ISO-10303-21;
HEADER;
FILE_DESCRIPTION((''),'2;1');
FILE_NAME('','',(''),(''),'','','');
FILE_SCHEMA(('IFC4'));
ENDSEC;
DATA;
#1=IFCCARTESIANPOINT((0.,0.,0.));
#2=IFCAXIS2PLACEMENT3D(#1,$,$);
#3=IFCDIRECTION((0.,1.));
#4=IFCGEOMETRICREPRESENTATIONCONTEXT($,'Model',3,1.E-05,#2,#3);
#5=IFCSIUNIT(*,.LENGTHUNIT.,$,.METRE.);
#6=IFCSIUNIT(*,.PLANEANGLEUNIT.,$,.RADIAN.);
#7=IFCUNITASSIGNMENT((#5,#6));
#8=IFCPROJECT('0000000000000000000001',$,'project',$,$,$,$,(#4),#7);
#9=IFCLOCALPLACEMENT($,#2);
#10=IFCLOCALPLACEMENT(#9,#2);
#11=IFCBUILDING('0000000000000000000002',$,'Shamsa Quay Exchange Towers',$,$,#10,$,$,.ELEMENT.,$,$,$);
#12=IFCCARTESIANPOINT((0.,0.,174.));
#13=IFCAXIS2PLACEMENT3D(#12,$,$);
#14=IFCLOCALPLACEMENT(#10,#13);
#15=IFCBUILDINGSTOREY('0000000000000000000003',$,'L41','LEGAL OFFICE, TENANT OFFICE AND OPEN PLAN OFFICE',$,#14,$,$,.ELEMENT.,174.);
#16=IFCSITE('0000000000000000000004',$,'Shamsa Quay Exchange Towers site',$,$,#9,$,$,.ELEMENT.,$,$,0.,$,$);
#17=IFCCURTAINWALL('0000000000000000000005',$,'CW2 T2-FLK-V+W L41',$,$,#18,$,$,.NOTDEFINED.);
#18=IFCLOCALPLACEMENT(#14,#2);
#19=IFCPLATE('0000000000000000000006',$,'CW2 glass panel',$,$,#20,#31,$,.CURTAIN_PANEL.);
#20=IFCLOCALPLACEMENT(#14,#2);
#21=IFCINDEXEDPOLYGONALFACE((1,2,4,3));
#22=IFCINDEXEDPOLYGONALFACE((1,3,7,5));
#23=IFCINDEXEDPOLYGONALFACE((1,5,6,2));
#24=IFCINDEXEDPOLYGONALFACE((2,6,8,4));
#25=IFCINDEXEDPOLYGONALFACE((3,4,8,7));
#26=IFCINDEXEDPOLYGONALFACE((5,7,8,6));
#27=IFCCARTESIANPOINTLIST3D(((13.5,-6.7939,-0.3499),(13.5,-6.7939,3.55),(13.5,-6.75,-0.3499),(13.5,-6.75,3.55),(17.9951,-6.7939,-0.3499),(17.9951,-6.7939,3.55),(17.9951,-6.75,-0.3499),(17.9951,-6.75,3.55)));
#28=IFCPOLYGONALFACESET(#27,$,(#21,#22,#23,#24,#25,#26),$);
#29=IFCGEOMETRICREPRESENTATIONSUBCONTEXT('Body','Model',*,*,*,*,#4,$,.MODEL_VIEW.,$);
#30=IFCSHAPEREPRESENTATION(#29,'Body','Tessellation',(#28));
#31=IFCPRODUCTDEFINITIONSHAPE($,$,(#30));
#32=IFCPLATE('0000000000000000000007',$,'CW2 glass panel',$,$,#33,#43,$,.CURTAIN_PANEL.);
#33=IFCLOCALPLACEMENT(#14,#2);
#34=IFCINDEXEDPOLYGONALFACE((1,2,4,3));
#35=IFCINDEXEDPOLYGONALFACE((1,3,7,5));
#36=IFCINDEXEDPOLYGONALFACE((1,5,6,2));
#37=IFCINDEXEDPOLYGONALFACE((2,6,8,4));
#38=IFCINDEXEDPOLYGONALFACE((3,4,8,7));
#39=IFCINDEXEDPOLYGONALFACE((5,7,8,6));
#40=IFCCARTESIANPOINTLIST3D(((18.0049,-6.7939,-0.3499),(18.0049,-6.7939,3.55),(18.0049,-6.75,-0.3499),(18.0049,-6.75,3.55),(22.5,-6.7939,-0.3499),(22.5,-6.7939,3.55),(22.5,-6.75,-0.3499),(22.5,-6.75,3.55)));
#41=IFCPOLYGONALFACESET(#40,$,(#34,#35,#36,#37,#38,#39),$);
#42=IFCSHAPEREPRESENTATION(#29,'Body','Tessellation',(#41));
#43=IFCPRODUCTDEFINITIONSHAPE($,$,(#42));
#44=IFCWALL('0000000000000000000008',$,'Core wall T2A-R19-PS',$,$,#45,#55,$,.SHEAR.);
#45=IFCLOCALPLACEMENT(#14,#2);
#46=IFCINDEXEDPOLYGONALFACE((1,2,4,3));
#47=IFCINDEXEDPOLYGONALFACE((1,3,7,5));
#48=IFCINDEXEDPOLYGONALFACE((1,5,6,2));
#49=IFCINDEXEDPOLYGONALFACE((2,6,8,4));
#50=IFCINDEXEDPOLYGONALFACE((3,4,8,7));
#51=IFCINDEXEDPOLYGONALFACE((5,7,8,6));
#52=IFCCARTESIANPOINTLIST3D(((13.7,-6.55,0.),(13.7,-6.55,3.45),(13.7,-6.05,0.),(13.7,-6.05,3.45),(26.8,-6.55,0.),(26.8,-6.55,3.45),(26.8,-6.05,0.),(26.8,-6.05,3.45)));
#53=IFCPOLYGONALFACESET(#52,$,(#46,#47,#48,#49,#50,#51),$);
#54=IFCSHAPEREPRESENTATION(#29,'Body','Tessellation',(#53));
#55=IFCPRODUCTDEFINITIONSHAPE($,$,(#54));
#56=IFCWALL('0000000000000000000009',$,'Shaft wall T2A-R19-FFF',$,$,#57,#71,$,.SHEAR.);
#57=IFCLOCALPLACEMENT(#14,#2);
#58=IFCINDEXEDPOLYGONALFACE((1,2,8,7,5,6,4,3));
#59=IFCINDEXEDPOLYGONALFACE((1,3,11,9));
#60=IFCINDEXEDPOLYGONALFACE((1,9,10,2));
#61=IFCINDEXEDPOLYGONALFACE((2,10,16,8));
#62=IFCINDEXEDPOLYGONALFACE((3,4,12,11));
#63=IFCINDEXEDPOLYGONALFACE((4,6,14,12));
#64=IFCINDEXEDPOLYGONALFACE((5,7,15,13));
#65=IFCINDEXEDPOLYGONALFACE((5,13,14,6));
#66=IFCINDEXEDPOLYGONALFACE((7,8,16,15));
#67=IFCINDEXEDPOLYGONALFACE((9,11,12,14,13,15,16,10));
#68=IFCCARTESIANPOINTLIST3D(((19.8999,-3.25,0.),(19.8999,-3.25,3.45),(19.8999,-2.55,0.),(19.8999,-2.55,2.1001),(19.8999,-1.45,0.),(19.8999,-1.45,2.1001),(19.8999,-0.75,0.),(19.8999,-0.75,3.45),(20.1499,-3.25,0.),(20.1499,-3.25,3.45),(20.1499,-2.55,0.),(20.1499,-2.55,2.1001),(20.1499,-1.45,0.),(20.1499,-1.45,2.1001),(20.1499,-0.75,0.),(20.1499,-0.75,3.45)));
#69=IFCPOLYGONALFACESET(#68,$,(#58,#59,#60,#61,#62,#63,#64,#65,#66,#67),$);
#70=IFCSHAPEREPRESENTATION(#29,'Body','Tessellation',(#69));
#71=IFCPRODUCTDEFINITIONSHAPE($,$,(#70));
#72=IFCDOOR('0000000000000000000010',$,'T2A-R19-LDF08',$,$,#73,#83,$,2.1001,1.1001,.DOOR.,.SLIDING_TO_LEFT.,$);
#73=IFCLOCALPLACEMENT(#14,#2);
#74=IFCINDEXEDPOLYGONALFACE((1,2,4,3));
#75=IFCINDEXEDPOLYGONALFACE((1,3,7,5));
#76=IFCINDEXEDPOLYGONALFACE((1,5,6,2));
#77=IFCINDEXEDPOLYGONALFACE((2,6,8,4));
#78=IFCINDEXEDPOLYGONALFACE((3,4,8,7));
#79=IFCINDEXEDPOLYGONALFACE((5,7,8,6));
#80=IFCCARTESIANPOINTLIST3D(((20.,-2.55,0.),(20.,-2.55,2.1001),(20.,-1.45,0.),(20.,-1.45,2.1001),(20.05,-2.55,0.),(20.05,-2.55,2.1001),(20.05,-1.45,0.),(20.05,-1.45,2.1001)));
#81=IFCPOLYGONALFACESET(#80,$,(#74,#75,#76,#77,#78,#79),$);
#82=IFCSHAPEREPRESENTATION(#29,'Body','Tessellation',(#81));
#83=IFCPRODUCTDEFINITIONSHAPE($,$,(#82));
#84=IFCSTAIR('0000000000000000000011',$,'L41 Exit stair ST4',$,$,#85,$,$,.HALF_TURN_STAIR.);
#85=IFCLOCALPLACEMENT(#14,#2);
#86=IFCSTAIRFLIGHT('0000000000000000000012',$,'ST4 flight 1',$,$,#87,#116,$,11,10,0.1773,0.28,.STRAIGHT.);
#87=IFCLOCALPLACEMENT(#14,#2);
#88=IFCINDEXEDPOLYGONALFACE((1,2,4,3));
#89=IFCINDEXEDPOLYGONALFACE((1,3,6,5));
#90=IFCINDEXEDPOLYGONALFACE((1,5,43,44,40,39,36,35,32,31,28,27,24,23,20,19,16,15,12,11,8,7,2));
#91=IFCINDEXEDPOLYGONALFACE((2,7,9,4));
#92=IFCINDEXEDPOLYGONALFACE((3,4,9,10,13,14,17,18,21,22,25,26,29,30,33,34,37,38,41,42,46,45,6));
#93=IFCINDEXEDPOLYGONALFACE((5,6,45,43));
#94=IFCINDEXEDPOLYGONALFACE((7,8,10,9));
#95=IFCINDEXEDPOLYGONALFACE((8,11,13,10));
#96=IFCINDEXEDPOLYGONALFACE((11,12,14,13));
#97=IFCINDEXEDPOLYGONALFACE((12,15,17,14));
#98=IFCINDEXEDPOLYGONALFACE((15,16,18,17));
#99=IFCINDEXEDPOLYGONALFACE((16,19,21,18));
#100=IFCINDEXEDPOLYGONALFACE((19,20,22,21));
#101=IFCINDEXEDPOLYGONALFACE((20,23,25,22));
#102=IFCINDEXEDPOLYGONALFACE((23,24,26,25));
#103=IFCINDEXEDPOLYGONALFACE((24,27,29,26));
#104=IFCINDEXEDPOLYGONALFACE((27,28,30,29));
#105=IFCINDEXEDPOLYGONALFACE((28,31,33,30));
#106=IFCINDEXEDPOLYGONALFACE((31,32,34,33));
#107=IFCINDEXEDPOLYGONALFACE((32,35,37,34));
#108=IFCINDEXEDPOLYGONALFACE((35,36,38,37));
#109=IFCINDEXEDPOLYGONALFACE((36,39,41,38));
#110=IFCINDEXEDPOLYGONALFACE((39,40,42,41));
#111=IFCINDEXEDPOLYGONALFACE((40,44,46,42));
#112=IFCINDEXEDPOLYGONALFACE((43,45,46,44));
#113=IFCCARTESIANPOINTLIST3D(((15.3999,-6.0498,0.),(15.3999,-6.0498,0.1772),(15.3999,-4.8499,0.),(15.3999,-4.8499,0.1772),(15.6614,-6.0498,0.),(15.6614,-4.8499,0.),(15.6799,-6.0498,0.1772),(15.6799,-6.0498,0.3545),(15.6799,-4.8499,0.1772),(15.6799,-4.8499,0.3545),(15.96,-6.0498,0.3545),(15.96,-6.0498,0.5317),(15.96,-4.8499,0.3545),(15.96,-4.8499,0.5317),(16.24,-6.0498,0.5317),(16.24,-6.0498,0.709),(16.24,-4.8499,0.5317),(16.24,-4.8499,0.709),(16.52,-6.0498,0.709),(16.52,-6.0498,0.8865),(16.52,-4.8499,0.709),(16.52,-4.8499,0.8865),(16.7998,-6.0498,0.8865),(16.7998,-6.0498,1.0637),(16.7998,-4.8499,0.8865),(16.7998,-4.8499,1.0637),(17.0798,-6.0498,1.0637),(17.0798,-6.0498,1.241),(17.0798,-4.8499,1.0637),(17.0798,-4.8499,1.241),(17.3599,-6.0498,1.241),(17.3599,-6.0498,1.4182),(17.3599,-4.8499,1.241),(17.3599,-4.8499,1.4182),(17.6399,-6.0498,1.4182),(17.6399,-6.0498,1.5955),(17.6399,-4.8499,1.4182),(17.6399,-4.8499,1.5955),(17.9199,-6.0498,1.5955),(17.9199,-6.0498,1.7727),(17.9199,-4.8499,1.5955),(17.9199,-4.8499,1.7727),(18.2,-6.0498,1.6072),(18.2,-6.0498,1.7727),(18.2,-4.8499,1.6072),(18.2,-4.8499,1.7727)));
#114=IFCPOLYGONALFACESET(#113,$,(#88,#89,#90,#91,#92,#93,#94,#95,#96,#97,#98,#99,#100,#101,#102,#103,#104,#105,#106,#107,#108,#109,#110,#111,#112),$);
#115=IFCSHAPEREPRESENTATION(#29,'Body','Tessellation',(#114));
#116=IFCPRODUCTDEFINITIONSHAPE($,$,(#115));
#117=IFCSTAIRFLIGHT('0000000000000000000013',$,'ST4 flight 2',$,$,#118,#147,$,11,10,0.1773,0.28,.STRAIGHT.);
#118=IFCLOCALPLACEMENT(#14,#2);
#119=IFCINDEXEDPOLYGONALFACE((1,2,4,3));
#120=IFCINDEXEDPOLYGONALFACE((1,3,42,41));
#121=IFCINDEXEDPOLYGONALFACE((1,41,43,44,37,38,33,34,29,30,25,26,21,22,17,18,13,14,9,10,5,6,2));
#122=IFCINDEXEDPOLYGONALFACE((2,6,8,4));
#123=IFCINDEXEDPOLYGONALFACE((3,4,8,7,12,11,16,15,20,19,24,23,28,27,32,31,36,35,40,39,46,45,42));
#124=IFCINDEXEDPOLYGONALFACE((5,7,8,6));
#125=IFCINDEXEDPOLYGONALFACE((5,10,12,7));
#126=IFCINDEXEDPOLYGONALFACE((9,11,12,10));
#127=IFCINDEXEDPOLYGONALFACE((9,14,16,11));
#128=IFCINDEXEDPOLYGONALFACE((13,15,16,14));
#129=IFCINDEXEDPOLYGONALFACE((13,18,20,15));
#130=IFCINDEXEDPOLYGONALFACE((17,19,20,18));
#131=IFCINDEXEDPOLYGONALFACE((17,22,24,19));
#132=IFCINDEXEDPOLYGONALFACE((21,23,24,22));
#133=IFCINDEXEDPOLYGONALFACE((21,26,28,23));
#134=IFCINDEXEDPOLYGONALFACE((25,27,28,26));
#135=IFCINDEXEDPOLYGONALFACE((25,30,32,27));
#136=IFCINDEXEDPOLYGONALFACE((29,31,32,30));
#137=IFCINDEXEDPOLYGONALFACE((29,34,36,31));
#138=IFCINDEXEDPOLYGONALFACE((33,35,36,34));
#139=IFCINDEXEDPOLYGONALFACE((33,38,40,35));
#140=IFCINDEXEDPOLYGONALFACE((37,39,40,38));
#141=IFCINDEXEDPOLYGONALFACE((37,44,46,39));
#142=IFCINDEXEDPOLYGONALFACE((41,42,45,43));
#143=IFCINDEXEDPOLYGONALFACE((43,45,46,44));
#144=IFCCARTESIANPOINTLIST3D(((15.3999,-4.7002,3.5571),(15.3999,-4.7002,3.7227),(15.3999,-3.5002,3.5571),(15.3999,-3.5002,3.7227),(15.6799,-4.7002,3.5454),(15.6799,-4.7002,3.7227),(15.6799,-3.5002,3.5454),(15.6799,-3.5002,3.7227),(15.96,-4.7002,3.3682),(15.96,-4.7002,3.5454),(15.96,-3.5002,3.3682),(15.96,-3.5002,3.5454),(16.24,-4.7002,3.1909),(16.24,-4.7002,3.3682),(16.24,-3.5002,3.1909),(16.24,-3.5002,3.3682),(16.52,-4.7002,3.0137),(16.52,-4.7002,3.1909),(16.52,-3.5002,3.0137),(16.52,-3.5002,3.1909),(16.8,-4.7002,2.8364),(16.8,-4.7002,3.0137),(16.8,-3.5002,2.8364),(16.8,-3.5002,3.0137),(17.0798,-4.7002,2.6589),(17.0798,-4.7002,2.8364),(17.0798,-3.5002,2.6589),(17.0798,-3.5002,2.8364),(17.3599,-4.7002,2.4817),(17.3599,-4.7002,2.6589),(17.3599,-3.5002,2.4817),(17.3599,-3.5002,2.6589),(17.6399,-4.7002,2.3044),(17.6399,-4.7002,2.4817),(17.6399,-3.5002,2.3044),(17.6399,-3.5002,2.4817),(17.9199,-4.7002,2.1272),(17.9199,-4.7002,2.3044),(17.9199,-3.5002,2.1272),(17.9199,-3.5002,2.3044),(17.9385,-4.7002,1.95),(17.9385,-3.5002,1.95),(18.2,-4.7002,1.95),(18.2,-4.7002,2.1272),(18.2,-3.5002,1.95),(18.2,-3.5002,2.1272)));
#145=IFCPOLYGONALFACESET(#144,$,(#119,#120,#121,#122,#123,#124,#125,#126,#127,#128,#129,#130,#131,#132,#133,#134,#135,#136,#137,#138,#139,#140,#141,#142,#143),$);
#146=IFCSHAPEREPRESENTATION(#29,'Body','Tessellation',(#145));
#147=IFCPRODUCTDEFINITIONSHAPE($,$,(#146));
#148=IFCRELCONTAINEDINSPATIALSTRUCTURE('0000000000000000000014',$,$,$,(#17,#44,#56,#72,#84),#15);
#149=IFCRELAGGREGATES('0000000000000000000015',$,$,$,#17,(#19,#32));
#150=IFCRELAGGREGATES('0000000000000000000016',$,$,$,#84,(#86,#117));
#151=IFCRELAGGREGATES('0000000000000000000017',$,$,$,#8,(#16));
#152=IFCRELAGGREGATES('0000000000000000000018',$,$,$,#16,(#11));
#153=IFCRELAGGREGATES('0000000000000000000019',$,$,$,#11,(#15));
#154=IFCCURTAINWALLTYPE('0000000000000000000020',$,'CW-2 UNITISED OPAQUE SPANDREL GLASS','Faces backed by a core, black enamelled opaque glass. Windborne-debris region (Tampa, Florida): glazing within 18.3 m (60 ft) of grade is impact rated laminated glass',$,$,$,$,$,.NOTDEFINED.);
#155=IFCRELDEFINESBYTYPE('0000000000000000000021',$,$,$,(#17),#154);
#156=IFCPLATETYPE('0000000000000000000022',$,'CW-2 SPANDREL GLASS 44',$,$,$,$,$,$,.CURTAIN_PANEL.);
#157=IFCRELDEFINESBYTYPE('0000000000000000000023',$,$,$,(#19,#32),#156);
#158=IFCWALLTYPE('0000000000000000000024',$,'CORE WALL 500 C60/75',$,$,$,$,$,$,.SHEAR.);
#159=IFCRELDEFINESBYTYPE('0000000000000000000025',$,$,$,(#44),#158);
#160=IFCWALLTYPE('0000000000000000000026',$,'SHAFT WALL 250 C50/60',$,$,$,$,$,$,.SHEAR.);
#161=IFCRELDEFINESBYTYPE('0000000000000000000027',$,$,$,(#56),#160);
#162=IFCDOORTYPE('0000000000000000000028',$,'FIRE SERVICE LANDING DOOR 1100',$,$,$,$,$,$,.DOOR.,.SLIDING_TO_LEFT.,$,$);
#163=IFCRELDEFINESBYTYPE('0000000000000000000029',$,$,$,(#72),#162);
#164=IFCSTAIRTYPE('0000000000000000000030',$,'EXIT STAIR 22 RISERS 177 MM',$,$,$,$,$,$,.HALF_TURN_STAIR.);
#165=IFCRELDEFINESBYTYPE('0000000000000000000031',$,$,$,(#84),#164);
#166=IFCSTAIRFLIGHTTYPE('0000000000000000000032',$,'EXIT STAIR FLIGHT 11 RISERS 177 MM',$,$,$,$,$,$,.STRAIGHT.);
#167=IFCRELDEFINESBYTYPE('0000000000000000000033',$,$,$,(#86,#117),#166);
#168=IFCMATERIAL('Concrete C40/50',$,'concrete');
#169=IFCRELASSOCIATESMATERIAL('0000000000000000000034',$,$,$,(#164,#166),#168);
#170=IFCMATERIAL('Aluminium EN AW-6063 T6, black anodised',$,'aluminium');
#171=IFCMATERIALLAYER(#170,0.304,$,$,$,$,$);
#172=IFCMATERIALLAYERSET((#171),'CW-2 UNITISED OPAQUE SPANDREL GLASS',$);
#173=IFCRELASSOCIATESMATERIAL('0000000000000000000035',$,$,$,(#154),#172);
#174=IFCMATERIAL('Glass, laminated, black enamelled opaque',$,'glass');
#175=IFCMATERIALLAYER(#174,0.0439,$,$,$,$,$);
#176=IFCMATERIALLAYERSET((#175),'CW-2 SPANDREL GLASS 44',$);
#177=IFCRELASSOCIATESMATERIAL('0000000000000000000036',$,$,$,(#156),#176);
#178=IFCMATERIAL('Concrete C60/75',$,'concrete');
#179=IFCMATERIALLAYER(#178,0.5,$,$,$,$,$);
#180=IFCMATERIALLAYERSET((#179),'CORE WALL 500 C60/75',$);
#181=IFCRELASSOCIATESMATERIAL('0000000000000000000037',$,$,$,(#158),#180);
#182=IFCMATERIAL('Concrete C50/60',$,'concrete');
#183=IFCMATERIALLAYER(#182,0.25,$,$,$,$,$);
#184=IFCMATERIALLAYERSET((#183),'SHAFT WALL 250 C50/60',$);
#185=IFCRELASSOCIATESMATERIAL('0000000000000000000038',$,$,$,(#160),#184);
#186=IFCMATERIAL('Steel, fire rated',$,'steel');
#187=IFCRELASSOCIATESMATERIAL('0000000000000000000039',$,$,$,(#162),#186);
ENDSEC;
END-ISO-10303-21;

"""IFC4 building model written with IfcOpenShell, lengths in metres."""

from ifc_helpers import new_model, si_unit, direction, frame, frame_2d, origin, origin_2d, place, context, subcontext, project, spatial, polyline, rectangle, outline, extrude, material, layer, layer_set, type_object, element, fill, aggregate, save


model = new_model("IFC4")

# Units and contexts
model_context = context("Model", 3, precision=1e-05, world=origin(), true_north=direction((0.0, 1.0)))
body_context = subcontext(model_context, "Body", "Model", "MODEL_VIEW")
ifc_project = project(units=[si_unit("LENGTHUNIT", "METRE"), si_unit("PLANEANGLEUNIT", "RADIAN")], contexts=[model_context])

# Site, building, storey
site_placement = place(None, origin())
site = spatial("IfcSite", under=ifc_project, at=site_placement, Name="Shamsa Quay Exchange Towers site", CompositionType="ELEMENT", RefElevation=0.0)
building_placement = place(site_placement, origin())
building = spatial("IfcBuilding", under=site, at=building_placement, Name="Shamsa Quay Exchange Towers", CompositionType="ELEMENT")
storey_placement = place(building_placement, frame((0.0, 0.0, 174.0)))
storey = spatial("IfcBuildingStorey", under=building, at=storey_placement, Name="L41", Description="LEGAL OFFICE, TENANT OFFICE AND OPEN PLAN OFFICE", CompositionType="ELEMENT", Elevation=174.0)

# Shared definitions
ifc_material_1 = material(Name="Aluminium EN AW-6063 T6, black anodised", Category="aluminium")

# Shared definitions
ifc_material_2 = material(Name="Concrete C50/60", Category="concrete")

# Shared definitions
ifc_material_3 = material(Name="Concrete C40/50", Category="concrete")
stair_type = type_object("IfcStairType", Name="EXIT STAIR 22 RISERS 177 MM", PredefinedType="HALF_TURN_STAIR", material=ifc_material_3)

# Curtain wall, plates
ifc_layer_1 = layer(ifc_material_1, 0.304)
ifc_layer_set_1 = layer_set([ifc_layer_1], Name="CW-2 UNITISED OPAQUE SPANDREL GLASS")
curtain_wall_type_1 = type_object("IfcCurtainWallType", Name="CW-2 UNITISED OPAQUE SPANDREL GLASS", Description="Faces backed by a core, black enamelled opaque glass. Windborne-debris region (Tampa, Florida): glazing within 18.3 m (60 ft) of grade is impact rated laminated glass", PredefinedType="NOTDEFINED", material=ifc_layer_set_1)
curtain_wall_1_placement = place(storey_placement, origin())
curtain_wall_1 = element("IfcCurtainWall", 1, at=curtain_wall_1_placement, inside=storey, type_object=curtain_wall_type_1, Name="CW2 T2-FLK-V+W L41", PredefinedType="NOTDEFINED")
ifc_material_4 = material(Name="Glass, laminated, black enamelled opaque", Category="glass")
ifc_layer_2 = layer(ifc_material_4, 0.0439)
ifc_layer_set_2 = layer_set([ifc_layer_2], Name="CW-2 SPANDREL GLASS 44")
plate_type_1 = type_object("IfcPlateType", Name="CW-2 SPANDREL GLASS 44", PredefinedType="CURTAIN_PANEL", material=ifc_layer_set_2)
plate_1_placement = place(storey_placement, frame((15.7476, -6.772, -0.3499)))
plate_1 = element("IfcPlate", 2, at=plate_1_placement, type_object=plate_type_1, Name="CW2 glass panel", PredefinedType="CURTAIN_PANEL", context=body_context, shape_type="SweptSolid", body=[
    extrude(rectangle(XDim=4.4951, YDim=0.0439, at=origin_2d()), origin(), (0.0, 0.0, 1.0), 3.8999),
])
plate_2_placement = place(storey_placement, frame((20.2524, -6.772, -0.3499)))
plate_2 = element("IfcPlate", 3, at=plate_2_placement, type_object=plate_type_1, Name="CW2 glass panel", PredefinedType="CURTAIN_PANEL", context=body_context, shape_type="SweptSolid", body=[
    extrude(rectangle(XDim=4.4951, YDim=0.0439, at=origin_2d()), origin(), (0.0, 0.0, 1.0), 3.8999),
])
aggregate(curtain_wall_1, [plate_1, plate_2])

# Wall
ifc_material_5 = material(Name="Concrete C60/75", Category="concrete")
ifc_layer_3 = layer(ifc_material_5, 0.5)
ifc_layer_set_3 = layer_set([ifc_layer_3], Name="CORE WALL 500 C60/75")
wall_type_1 = type_object("IfcWallType", Name="CORE WALL 500 C60/75", PredefinedType="SHEAR", material=ifc_layer_set_3)
wall_1_placement = place(storey_placement, frame((13.7, -6.3, 0.0)))
element("IfcWall", 4, at=wall_1_placement, inside=storey, type_object=wall_type_1, Name="Core wall T2A-R19-PS", PredefinedType="SHEAR", context=body_context, shape_type="SweptSolid", body=[
    extrude(rectangle(XDim=13.1001, YDim=0.5, at=frame_2d((6.55, 0.0))), origin(), (0.0, 0.0, 1.0), 3.45),
])

# Wall, opening, door
ifc_layer_4 = layer(ifc_material_2, 0.25)
ifc_layer_set_4 = layer_set([ifc_layer_4], Name="SHAFT WALL 250 C50/60")
wall_type_2 = type_object("IfcWallType", Name="SHAFT WALL 250 C50/60", PredefinedType="SHEAR", material=ifc_layer_set_4)
wall_2_placement = place(storey_placement, frame((20.0249, -3.25, 0.0), z_axis=(0.0, 0.0, 1.0), x_axis=(0.0, 1.0, 0.0)))
wall_2 = element("IfcWall", 5, at=wall_2_placement, inside=storey, type_object=wall_type_2, Name="Shaft wall T2A-R19-FFF", PredefinedType="SHEAR", context=body_context, shape_type="SweptSolid", body=[
    extrude(rectangle(XDim=2.5, YDim=0.25, at=frame_2d((1.25, 0.0))), origin(), (0.0, 0.0, 1.0), 3.45),
])
opening_placement = place(wall_2_placement, frame((0.7, 0.0, 0.0)))
opening = element("IfcOpeningElement", 6, at=opening_placement, cuts=wall_2, PredefinedType="OPENING", context=body_context, shape_type="SweptSolid", body=[
    extrude(rectangle(XDim=1.1001, YDim=2.1001, at=frame_2d((0.55, 1.05))), frame((0.0, 0.135, 0.0), z_axis=(0.0, -1.0, 0.0), x_axis=(1.0, 0.0, 0.0)), (0.0, 0.0, 1.0), 0.27),
])
ifc_material_6 = material(Name="Steel, fire rated", Category="steel")
door_type = type_object("IfcDoorType", Name="FIRE SERVICE LANDING DOOR 1100", OperationType="SLIDING_TO_LEFT", PredefinedType="DOOR", material=ifc_material_6)
door_placement = place(opening_placement, origin())
door = element("IfcDoor", 7, at=door_placement, inside=storey, type_object=door_type, Name="T2A-R19-LDF08", OperationType="SLIDING_TO_LEFT", OverallHeight=2.1001, OverallWidth=1.1001, PredefinedType="DOOR", context=body_context, shape_type="SweptSolid", body=[
    extrude(rectangle(XDim=1.1001, YDim=2.1001, at=frame_2d((0.55, 1.05))), frame((0.0, 0.0249, 0.0), z_axis=(0.0, -1.0, 0.0), x_axis=(1.0, 0.0, 0.0)), (0.0, 0.0, 1.0), 0.05),
])
fill(opening, door)

# Stair, stair flights
stair_1_placement = place(storey_placement, origin())
stair_1 = element("IfcStair", 8, at=stair_1_placement, inside=storey, type_object=stair_type, Name="L41 Exit stair ST4", PredefinedType="HALF_TURN_STAIR")
stair_flight_type = type_object("IfcStairFlightType", Name="EXIT STAIR FLIGHT 11 RISERS 177 MM", PredefinedType="STRAIGHT", material=ifc_material_3)
stair_flight_1_placement = place(storey_placement, frame((15.3999, -5.45, 0.0)))
stair_flight_1 = element("IfcStairFlight", 9, at=stair_flight_1_placement, type_object=stair_flight_type, Name="ST4 flight 1", NumberOfRisers=11, NumberOfTreads=10, PredefinedType="STRAIGHT", RiserHeight=0.1773, TreadLength=0.28, context=body_context, shape_type="SweptSolid", body=[
    extrude(outline(polyline([(0.0, 0.0), (0.0, 0.1772), (0.28, 0.1772), (0.28, 0.3545), (0.5601, 0.3545), (0.5601, 0.5317), (0.8401, 0.5317), (0.8401, 0.709), (1.1201, 0.709), (1.1201, 0.8865), (1.3999, 0.8865), (1.3999, 1.0637), (1.6799, 1.0637), (1.6799, 1.241), (1.96, 1.241), (1.96, 1.4182), (2.24, 1.4182), (2.24, 1.5955), (2.52, 1.5955), (2.52, 1.7727), (2.8, 1.7727), (2.8, 1.95), (2.8, 1.6072), (0.2615, 0.0), (0.0, 0.0)])), frame((0.0, 0.6001, 0.0), z_axis=(0.0, -1.0, 0.0), x_axis=(1.0, 0.0, 0.0)), (0.0, 0.0, 1.0), 1.2),
])
stair_flight_2_placement = place(storey_placement, frame((18.2, -4.1001, 1.95), z_axis=(0.0, 0.0, 1.0), x_axis=(-1.0, 0.0, 0.0)))
stair_flight_2 = element("IfcStairFlight", 10, at=stair_flight_2_placement, type_object=stair_flight_type, Name="ST4 flight 2", NumberOfRisers=11, NumberOfTreads=10, PredefinedType="STRAIGHT", RiserHeight=0.1773, TreadLength=0.28, context=body_context, shape_type="SweptSolid", body=[
    extrude(outline(polyline([(0.0, 0.0), (0.0, 0.1772), (0.28, 0.1772), (0.28, 0.3545), (0.5601, 0.3545), (0.5601, 0.5317), (0.8401, 0.5317), (0.8401, 0.709), (1.1201, 0.709), (1.1201, 0.8865), (1.3999, 0.8865), (1.3999, 1.0637), (1.6799, 1.0637), (1.6799, 1.241), (1.96, 1.241), (1.96, 1.4182), (2.24, 1.4182), (2.24, 1.5955), (2.52, 1.5955), (2.52, 1.7727), (2.8, 1.7727), (2.8, 1.95), (2.8, 1.6072), (0.2615, 0.0), (0.0, 0.0)])), frame((0.0, 0.6001, 0.0), z_axis=(0.0, -1.0, 0.0), x_axis=(1.0, 0.0, 0.0)), (0.0, 0.0, 1.0), 1.2),
])
aggregate(stair_1, [stair_flight_1, stair_flight_2])

save(model, "model.ifc")
